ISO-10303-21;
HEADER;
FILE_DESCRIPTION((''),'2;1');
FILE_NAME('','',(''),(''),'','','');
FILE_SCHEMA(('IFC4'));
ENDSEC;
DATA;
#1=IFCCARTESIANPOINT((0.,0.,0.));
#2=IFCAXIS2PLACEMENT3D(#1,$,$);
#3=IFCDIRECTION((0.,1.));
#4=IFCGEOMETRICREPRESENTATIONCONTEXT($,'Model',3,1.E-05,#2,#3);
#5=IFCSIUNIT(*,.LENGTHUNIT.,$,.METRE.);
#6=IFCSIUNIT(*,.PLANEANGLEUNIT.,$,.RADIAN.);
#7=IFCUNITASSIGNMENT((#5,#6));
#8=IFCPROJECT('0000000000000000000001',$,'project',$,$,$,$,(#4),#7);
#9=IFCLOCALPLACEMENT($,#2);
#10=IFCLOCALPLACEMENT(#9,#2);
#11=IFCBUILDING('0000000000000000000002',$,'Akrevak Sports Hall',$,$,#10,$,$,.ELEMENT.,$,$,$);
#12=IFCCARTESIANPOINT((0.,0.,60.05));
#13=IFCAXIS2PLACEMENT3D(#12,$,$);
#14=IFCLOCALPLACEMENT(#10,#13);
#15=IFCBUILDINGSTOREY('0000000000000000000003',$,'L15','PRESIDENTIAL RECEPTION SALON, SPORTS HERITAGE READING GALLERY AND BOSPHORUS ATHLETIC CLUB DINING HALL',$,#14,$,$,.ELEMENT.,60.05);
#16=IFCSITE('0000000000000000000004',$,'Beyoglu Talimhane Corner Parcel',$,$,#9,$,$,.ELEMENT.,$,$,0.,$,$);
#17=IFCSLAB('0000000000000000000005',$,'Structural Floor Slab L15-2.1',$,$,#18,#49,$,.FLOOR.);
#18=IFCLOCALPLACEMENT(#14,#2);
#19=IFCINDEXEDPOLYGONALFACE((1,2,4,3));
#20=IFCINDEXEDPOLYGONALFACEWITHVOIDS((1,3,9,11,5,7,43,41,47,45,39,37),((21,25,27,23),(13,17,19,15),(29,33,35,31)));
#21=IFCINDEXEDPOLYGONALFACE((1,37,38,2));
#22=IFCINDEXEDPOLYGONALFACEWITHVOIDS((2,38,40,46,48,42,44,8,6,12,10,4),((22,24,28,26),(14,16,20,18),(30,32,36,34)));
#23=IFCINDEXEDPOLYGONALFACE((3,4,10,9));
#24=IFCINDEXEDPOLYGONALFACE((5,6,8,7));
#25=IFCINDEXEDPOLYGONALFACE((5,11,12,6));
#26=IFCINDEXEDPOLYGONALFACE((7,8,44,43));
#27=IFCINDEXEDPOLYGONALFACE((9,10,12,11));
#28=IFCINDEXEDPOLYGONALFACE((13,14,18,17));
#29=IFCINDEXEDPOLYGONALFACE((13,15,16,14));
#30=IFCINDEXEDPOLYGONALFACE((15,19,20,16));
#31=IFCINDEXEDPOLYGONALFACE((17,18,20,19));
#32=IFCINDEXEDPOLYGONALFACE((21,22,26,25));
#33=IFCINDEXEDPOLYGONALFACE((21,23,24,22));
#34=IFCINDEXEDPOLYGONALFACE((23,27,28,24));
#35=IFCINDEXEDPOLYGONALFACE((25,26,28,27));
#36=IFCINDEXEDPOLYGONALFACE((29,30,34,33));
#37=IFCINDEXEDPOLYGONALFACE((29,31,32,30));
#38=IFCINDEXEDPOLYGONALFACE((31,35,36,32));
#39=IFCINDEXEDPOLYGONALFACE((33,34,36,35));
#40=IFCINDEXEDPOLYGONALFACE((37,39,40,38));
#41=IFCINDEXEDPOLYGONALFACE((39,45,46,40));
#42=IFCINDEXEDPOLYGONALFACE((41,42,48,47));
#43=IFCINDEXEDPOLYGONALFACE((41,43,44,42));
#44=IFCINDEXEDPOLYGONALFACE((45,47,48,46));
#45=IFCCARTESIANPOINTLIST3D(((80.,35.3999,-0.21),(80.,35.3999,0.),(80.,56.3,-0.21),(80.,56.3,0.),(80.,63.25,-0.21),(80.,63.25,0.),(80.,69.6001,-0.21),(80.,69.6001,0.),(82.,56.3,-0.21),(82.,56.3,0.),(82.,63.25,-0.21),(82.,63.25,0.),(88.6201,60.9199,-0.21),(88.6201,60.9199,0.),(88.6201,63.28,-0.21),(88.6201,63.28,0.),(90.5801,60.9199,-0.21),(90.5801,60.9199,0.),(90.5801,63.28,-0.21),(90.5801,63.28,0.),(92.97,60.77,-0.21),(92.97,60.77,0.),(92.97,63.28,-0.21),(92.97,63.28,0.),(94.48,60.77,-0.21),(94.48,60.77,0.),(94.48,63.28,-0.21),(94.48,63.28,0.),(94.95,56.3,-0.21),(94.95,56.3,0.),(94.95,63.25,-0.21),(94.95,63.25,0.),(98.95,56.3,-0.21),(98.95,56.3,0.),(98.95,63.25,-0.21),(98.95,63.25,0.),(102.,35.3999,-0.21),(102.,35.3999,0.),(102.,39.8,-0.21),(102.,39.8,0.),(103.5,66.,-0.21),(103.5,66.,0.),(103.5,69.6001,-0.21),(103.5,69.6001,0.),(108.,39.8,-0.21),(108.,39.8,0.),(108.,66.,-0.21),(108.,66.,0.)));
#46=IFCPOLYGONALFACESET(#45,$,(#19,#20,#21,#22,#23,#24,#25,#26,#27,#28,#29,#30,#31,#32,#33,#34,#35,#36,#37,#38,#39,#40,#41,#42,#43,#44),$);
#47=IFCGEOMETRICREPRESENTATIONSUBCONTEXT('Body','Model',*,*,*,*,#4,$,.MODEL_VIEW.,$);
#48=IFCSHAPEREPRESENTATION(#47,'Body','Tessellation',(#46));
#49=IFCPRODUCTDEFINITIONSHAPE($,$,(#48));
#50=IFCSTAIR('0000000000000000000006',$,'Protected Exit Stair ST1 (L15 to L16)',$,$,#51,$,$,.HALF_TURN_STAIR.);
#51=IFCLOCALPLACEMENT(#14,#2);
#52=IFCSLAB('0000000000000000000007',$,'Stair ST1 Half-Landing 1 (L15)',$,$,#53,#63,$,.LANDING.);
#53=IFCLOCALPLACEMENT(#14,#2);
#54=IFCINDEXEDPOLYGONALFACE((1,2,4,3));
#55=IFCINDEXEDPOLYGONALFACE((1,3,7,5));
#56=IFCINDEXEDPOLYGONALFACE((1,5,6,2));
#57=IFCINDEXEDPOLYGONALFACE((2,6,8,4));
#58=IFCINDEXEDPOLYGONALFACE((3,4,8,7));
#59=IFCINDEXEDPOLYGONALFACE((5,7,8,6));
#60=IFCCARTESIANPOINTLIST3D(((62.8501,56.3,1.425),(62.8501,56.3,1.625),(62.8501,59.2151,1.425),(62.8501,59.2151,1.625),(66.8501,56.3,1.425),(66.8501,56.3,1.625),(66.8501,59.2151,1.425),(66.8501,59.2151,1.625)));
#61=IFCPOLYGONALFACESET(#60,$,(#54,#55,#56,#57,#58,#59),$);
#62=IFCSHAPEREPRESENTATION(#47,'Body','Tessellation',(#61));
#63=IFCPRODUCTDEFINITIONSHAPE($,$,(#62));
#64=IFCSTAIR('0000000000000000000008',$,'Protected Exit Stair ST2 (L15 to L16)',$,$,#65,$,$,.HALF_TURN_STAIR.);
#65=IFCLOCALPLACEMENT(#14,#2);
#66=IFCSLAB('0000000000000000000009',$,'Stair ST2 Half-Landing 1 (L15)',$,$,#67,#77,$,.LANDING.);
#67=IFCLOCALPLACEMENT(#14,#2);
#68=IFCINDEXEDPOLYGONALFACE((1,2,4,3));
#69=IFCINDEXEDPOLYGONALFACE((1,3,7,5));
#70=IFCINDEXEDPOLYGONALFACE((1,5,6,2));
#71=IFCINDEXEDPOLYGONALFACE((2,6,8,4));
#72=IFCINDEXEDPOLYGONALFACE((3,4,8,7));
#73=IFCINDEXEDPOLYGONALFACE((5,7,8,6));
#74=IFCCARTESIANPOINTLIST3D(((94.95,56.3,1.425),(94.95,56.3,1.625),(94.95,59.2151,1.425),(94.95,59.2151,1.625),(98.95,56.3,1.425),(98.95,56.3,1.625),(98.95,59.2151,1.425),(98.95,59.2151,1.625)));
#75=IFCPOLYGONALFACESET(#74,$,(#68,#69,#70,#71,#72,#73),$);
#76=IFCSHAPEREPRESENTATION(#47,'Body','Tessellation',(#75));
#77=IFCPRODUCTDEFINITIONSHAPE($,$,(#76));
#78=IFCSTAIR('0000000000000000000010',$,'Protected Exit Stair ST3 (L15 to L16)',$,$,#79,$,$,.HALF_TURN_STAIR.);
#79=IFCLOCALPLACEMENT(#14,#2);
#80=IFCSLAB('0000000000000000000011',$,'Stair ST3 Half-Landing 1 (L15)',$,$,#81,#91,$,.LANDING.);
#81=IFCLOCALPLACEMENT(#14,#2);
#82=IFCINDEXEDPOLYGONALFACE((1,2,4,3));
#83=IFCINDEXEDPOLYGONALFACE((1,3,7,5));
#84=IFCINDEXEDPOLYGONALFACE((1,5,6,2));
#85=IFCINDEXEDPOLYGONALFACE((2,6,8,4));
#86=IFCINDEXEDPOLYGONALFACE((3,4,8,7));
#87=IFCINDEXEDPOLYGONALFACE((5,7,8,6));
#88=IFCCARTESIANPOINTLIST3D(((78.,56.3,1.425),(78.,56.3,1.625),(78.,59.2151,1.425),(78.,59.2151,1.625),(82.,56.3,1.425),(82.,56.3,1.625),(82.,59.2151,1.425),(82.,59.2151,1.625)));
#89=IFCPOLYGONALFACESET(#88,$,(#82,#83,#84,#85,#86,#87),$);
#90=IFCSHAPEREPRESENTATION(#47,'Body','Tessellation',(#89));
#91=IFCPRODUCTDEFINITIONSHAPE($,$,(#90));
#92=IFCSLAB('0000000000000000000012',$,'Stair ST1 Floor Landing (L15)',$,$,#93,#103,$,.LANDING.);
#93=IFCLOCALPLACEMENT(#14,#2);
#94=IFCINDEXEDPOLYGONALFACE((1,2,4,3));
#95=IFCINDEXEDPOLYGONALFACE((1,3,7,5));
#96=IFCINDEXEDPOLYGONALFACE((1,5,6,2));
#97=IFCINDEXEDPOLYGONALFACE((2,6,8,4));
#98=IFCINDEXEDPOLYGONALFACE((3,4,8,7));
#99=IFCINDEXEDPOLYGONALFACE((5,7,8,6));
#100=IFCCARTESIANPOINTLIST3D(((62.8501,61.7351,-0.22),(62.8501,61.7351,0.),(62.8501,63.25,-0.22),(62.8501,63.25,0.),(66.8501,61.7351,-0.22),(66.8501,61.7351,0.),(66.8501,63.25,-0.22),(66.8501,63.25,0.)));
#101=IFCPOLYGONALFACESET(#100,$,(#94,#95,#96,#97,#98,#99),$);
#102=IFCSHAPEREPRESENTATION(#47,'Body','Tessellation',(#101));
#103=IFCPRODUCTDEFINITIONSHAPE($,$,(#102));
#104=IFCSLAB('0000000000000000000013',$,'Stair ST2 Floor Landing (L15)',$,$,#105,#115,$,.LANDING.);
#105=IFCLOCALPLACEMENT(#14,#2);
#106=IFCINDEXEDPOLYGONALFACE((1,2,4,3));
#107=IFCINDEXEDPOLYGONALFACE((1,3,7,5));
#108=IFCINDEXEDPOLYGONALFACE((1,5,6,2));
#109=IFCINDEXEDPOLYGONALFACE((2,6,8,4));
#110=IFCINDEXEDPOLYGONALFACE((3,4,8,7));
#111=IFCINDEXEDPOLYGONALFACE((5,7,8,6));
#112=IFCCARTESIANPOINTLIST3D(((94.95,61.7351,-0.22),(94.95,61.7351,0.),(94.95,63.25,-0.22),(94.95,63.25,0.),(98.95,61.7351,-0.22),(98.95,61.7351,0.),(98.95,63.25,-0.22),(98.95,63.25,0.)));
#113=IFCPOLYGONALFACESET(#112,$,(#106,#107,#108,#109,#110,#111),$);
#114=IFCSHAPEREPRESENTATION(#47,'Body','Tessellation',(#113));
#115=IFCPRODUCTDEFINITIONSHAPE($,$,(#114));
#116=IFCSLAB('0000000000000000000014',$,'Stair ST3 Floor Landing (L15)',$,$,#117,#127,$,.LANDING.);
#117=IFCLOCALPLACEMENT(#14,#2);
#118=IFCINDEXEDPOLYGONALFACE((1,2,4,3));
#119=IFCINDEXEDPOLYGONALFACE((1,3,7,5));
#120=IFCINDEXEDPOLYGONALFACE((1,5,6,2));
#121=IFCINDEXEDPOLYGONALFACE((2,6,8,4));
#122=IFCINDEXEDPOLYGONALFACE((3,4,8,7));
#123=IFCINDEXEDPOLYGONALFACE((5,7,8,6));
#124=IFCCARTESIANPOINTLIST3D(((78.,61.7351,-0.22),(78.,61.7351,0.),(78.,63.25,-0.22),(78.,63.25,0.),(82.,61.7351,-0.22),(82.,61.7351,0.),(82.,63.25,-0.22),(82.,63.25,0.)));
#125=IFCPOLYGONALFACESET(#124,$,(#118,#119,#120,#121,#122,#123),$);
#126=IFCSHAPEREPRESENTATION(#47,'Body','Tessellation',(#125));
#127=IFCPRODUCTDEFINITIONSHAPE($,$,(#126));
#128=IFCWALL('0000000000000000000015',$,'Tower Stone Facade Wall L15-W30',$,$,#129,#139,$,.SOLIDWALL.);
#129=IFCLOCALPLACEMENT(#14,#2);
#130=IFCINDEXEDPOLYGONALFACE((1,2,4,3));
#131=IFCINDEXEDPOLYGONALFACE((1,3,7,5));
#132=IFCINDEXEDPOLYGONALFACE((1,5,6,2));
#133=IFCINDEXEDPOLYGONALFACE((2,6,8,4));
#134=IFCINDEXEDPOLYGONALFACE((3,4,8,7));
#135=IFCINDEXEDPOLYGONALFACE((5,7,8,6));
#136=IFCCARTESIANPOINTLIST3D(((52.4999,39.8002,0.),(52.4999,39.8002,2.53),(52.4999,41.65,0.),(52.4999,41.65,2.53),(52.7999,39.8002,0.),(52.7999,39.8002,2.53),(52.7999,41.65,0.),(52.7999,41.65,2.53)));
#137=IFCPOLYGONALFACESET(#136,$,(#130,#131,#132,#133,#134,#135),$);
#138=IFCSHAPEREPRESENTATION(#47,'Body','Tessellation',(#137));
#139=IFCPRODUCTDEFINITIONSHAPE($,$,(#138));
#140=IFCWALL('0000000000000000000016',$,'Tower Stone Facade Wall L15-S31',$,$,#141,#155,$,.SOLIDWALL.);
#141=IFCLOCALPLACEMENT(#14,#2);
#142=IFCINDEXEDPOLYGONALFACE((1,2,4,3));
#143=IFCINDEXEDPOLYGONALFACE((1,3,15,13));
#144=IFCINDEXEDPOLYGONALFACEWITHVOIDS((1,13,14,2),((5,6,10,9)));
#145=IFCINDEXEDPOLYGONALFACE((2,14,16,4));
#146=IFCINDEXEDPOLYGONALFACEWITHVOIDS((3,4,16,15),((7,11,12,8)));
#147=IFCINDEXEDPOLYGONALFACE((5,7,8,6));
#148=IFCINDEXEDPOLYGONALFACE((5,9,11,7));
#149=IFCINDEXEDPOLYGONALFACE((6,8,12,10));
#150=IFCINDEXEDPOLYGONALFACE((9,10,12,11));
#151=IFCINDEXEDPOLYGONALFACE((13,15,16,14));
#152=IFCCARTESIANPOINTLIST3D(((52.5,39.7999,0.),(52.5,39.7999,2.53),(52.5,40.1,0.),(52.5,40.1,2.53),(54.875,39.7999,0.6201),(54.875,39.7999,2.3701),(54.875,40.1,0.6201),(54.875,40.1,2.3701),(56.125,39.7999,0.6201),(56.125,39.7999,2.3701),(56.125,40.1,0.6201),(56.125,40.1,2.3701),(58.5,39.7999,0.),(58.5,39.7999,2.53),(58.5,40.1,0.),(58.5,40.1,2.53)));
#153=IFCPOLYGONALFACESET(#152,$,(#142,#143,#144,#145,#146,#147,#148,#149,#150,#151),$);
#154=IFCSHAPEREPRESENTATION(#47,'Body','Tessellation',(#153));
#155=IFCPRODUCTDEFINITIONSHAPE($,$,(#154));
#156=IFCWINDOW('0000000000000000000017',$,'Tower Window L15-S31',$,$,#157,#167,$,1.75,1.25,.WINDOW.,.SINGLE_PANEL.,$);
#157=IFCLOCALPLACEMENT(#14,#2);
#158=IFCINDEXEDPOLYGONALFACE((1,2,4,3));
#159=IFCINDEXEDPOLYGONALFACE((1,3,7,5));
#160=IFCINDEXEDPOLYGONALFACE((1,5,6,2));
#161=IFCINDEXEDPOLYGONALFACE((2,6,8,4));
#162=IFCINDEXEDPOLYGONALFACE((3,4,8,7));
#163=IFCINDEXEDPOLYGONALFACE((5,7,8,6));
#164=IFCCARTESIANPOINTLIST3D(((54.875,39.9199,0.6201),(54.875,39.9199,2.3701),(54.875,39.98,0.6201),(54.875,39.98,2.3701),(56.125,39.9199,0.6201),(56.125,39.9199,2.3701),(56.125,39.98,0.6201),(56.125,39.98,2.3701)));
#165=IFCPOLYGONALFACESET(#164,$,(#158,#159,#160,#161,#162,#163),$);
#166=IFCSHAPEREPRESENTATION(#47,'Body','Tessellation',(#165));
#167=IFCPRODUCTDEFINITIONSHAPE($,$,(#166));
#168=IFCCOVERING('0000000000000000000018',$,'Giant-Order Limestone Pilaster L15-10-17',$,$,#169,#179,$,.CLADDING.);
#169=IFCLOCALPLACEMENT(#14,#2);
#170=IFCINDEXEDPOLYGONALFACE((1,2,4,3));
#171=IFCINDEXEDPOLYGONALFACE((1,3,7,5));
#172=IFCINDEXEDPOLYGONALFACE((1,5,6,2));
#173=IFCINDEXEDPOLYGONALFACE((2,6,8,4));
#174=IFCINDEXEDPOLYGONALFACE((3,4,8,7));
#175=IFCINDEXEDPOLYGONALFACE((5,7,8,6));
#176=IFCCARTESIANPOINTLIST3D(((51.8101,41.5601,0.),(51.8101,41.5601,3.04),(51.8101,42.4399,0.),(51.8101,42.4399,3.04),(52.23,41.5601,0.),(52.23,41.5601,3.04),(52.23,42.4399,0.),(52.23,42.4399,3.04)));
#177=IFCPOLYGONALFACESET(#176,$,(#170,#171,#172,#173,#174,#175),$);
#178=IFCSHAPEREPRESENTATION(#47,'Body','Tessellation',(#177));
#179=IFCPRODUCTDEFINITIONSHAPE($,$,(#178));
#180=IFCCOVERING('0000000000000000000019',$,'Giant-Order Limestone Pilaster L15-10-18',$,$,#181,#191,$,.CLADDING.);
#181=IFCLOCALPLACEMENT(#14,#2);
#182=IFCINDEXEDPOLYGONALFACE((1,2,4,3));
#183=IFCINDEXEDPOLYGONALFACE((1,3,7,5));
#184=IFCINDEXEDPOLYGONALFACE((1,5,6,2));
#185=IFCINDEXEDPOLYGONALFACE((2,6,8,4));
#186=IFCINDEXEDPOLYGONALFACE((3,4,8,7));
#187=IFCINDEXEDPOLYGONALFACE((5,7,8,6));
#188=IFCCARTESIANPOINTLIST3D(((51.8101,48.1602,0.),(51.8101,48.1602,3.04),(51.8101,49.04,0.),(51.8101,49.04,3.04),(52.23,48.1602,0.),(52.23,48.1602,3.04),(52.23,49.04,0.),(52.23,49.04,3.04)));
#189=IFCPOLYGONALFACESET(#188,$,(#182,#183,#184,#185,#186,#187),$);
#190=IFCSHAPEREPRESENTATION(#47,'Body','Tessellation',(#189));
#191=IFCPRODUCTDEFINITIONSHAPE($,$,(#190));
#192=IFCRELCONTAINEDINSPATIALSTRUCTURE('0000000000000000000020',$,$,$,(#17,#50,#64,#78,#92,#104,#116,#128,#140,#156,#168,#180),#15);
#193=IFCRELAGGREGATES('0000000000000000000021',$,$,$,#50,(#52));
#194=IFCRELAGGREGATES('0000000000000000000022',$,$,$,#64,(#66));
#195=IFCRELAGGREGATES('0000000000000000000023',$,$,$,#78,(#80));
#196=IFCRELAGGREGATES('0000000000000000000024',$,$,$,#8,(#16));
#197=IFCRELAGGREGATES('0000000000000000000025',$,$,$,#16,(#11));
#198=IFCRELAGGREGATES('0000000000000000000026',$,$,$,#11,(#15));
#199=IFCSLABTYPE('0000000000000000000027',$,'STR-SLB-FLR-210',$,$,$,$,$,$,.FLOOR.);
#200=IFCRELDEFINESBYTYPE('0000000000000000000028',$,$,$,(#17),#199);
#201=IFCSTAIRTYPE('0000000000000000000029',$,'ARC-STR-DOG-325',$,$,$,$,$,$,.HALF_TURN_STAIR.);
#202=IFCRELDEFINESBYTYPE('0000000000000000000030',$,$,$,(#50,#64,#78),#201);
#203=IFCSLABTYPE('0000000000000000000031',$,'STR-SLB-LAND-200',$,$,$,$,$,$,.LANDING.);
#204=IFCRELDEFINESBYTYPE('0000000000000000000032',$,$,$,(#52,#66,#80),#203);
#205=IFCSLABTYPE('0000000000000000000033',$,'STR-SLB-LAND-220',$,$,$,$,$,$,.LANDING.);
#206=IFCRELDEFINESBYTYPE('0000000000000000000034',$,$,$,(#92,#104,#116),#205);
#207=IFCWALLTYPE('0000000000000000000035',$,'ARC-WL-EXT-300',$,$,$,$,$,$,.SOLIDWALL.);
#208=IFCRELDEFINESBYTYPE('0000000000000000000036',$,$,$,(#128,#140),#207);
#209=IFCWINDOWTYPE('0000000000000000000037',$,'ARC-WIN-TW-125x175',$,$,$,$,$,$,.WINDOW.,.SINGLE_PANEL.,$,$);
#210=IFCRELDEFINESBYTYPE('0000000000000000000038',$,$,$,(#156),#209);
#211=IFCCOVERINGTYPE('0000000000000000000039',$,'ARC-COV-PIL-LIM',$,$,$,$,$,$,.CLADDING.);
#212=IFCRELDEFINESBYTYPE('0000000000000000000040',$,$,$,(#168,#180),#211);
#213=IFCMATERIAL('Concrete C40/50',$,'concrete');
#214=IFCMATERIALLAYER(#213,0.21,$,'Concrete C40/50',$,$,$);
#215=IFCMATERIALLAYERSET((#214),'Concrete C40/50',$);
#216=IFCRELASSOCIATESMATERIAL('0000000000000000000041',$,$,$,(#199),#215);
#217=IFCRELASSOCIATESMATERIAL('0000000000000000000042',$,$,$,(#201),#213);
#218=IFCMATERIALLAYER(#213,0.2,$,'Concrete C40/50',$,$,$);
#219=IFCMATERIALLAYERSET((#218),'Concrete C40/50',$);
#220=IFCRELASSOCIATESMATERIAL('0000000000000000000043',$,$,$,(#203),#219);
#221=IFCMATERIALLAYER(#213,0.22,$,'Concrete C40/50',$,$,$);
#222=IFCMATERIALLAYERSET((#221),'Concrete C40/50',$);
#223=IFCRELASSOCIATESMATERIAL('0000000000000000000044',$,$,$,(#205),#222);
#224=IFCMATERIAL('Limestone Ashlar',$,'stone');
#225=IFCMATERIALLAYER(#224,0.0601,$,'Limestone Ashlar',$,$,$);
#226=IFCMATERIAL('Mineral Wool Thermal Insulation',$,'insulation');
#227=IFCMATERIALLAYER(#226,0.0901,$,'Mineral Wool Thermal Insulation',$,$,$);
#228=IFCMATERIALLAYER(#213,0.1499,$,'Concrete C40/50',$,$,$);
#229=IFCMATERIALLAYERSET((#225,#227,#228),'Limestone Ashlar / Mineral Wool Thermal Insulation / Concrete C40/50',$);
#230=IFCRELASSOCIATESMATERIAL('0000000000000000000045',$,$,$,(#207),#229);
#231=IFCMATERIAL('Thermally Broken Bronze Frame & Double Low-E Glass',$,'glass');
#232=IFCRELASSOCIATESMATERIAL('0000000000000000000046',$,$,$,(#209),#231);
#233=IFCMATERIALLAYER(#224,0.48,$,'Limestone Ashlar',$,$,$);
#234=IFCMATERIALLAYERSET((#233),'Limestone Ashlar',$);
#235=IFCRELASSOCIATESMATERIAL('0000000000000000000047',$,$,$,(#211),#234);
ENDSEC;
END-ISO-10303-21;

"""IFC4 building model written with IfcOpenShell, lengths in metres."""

from ifc_helpers import new_model, si_unit, direction, frame, frame_2d, origin, origin_2d, place, context, subcontext, project, spatial, polyline, rectangle, outline, extrude, material, layer, layer_set, type_object, element, fill, aggregate, save


model = new_model("IFC4")

# Units and contexts
model_context = context("Model", 3, precision=1e-05, world=origin(), true_north=direction((0.0, 1.0)))
body_context = subcontext(model_context, "Body", "Model", "MODEL_VIEW")
ifc_project = project(units=[si_unit("LENGTHUNIT", "METRE"), si_unit("PLANEANGLEUNIT", "RADIAN")], contexts=[model_context])

# Site, building, storey
site_placement = place(None, origin())
site = spatial("IfcSite", under=ifc_project, at=site_placement, Name="Beyoglu Talimhane Corner Parcel", CompositionType="ELEMENT", RefElevation=0.0)
building_placement = place(site_placement, origin())
building = spatial("IfcBuilding", under=site, at=building_placement, Name="Akrevak Sports Hall", CompositionType="ELEMENT")
storey_placement = place(building_placement, frame((0.0, 0.0, 60.05)))
storey = spatial("IfcBuildingStorey", under=building, at=storey_placement, Name="L15", Description="PRESIDENTIAL RECEPTION SALON, SPORTS HERITAGE READING GALLERY AND BOSPHORUS ATHLETIC CLUB DINING HALL", CompositionType="ELEMENT", Elevation=60.05)

# Shared definitions
ifc_material_1 = material(Name="Concrete C40/50", Category="concrete")

# Slab
ifc_layer_1 = layer(ifc_material_1, 0.21, Name="Concrete C40/50")
ifc_layer_set_1 = layer_set([ifc_layer_1], Name="Concrete C40/50")
slab_type_1 = type_object("IfcSlabType", Name="STR-SLB-FLR-210", PredefinedType="FLOOR", material=ifc_layer_set_1)
slab_1_placement = place(storey_placement, frame((0.0, 0.0, -0.21)))
element("IfcSlab", 1, at=slab_1_placement, inside=storey, type_object=slab_type_1, Name="Structural Floor Slab L15-2.1", PredefinedType="FLOOR", context=body_context, shape_type="SweptSolid", body=[
    extrude(outline(polyline([(80.0, 69.6001), (80.0, 63.25), (82.0, 63.25), (82.0, 56.3), (80.0, 56.3), (80.0, 35.3999), (102.0, 35.3999), (102.0, 39.8), (108.0, 39.8), (108.0, 66.0), (103.5, 66.0), (103.5, 69.6001), (80.0, 69.6001)]), holes=[polyline([(94.95, 63.25), (98.95, 63.25), (98.95, 56.3), (94.95, 56.3), (94.95, 63.25)]), polyline([(92.97, 63.28), (94.48, 63.28), (94.48, 60.77), (92.97, 60.77), (92.97, 63.28)]), polyline([(88.6201, 63.28), (90.5801, 63.28), (90.5801, 60.9199), (88.6201, 60.9199), (88.6201, 63.28)])]), origin(), (0.0, 0.0, 1.0), 0.21),
])

# Stairs, slabs
stair_type = type_object("IfcStairType", Name="ARC-STR-DOG-325", PredefinedType="HALF_TURN_STAIR", material=ifc_material_1)
stair_1_placement = place(storey_placement, origin())
stair_1 = element("IfcStair", 2, at=stair_1_placement, inside=storey, type_object=stair_type, Name="Protected Exit Stair ST1 (L15 to L16)", PredefinedType="HALF_TURN_STAIR")
ifc_layer_2 = layer(ifc_material_1, 0.2, Name="Concrete C40/50")
ifc_layer_set_2 = layer_set([ifc_layer_2], Name="Concrete C40/50")
slab_type_2 = type_object("IfcSlabType", Name="STR-SLB-LAND-200", PredefinedType="LANDING", material=ifc_layer_set_2)
slab_2_placement = place(storey_placement, frame((0.0, 0.0, 1.425)))
slab_2 = element("IfcSlab", 3, at=slab_2_placement, type_object=slab_type_2, Name="Stair ST1 Half-Landing 1 (L15)", PredefinedType="LANDING", context=body_context, shape_type="SweptSolid", body=[
    extrude(outline(polyline([(62.8501, 56.3), (66.8501, 56.3), (66.8501, 59.2151), (62.8501, 59.2151), (62.8501, 56.3)])), origin(), (0.0, 0.0, 1.0), 0.2),
])
aggregate(stair_1, [slab_2])
stair_2_placement = place(storey_placement, origin())
stair_2 = element("IfcStair", 4, at=stair_2_placement, inside=storey, type_object=stair_type, Name="Protected Exit Stair ST2 (L15 to L16)", PredefinedType="HALF_TURN_STAIR")
slab_3_placement = place(storey_placement, frame((0.0, 0.0, 1.425)))
slab_3 = element("IfcSlab", 5, at=slab_3_placement, type_object=slab_type_2, Name="Stair ST2 Half-Landing 1 (L15)", PredefinedType="LANDING", context=body_context, shape_type="SweptSolid", body=[
    extrude(outline(polyline([(94.95, 56.3), (98.95, 56.3), (98.95, 59.2151), (94.95, 59.2151), (94.95, 56.3)])), origin(), (0.0, 0.0, 1.0), 0.2),
])
aggregate(stair_2, [slab_3])
stair_3_placement = place(storey_placement, origin())
stair_3 = element("IfcStair", 6, at=stair_3_placement, inside=storey, type_object=stair_type, Name="Protected Exit Stair ST3 (L15 to L16)", PredefinedType="HALF_TURN_STAIR")
slab_4_placement = place(storey_placement, frame((0.0, 0.0, 1.425)))
slab_4 = element("IfcSlab", 7, at=slab_4_placement, type_object=slab_type_2, Name="Stair ST3 Half-Landing 1 (L15)", PredefinedType="LANDING", context=body_context, shape_type="SweptSolid", body=[
    extrude(outline(polyline([(78.0, 56.3), (82.0, 56.3), (82.0, 59.2151), (78.0, 59.2151), (78.0, 56.3)])), origin(), (0.0, 0.0, 1.0), 0.2),
])
aggregate(stair_3, [slab_4])

# Slabs
ifc_layer_3 = layer(ifc_material_1, 0.22, Name="Concrete C40/50")
ifc_layer_set_3 = layer_set([ifc_layer_3], Name="Concrete C40/50")
slab_type_3 = type_object("IfcSlabType", Name="STR-SLB-LAND-220", PredefinedType="LANDING", material=ifc_layer_set_3)
slab_5_placement = place(storey_placement, frame((0.0, 0.0, -0.22)))
element("IfcSlab", 8, at=slab_5_placement, inside=storey, type_object=slab_type_3, Name="Stair ST1 Floor Landing (L15)", PredefinedType="LANDING", context=body_context, shape_type="SweptSolid", body=[
    extrude(outline(polyline([(62.8501, 61.7351), (66.8501, 61.7351), (66.8501, 63.25), (62.8501, 63.25), (62.8501, 61.7351)])), origin(), (0.0, 0.0, 1.0), 0.22),
])
slab_6_placement = place(storey_placement, frame((0.0, 0.0, -0.22)))
element("IfcSlab", 9, at=slab_6_placement, inside=storey, type_object=slab_type_3, Name="Stair ST2 Floor Landing (L15)", PredefinedType="LANDING", context=body_context, shape_type="SweptSolid", body=[
    extrude(outline(polyline([(94.95, 61.7351), (98.95, 61.7351), (98.95, 63.25), (94.95, 63.25), (94.95, 61.7351)])), origin(), (0.0, 0.0, 1.0), 0.22),
])
slab_7_placement = place(storey_placement, frame((0.0, 0.0, -0.22)))
element("IfcSlab", 10, at=slab_7_placement, inside=storey, type_object=slab_type_3, Name="Stair ST3 Floor Landing (L15)", PredefinedType="LANDING", context=body_context, shape_type="SweptSolid", body=[
    extrude(outline(polyline([(78.0, 61.7351), (82.0, 61.7351), (82.0, 63.25), (78.0, 63.25), (78.0, 61.7351)])), origin(), (0.0, 0.0, 1.0), 0.22),
])

# Wall
ifc_material_2 = material(Name="Limestone Ashlar", Category="stone")
ifc_layer_4 = layer(ifc_material_2, 0.0601, Name="Limestone Ashlar")
ifc_material_3 = material(Name="Mineral Wool Thermal Insulation", Category="insulation")
ifc_layer_5 = layer(ifc_material_3, 0.0901, Name="Mineral Wool Thermal Insulation")
ifc_layer_6 = layer(ifc_material_1, 0.1499, Name="Concrete C40/50")
ifc_layer_set_4 = layer_set([ifc_layer_4, ifc_layer_5, ifc_layer_6], Name="Limestone Ashlar / Mineral Wool Thermal Insulation / Concrete C40/50")
wall_type = type_object("IfcWallType", Name="ARC-WL-EXT-300", PredefinedType="SOLIDWALL", material=ifc_layer_set_4)
wall_1_placement = place(storey_placement, frame((52.6499, 41.6499, 0.0), z_axis=(0.0, 0.0, 1.0), x_axis=(0.0, -1.0, 0.0)))
element("IfcWall", 11, at=wall_1_placement, inside=storey, type_object=wall_type, Name="Tower Stone Facade Wall L15-W30", PredefinedType="SOLIDWALL", context=body_context, shape_type="SweptSolid", body=[
    extrude(rectangle(XDim=1.8499, YDim=0.3, at=frame_2d((0.9248, 0.0))), origin(), (0.0, 0.0, 1.0), 2.53),
])

# Wall, opening, window
wall_2_placement = place(storey_placement, frame((52.5, 39.95, 0.0), z_axis=(0.0, 0.0, 1.0), x_axis=(1.0, 0.0, 0.0)))
wall_2 = element("IfcWall", 12, at=wall_2_placement, inside=storey, type_object=wall_type, Name="Tower Stone Facade Wall L15-S31", PredefinedType="SOLIDWALL", context=body_context, shape_type="SweptSolid", body=[
    extrude(rectangle(XDim=6.0, YDim=0.3, at=frame_2d((3.0, 0.0))), origin(), (0.0, 0.0, 1.0), 2.53),
])
opening_placement = place(wall_2_placement, frame((2.375, 0.0, 0.6201)))
opening = element("IfcOpeningElement", 13, at=opening_placement, cuts=wall_2, PredefinedType="OPENING", context=body_context, shape_type="SweptSolid", body=[
    extrude(rectangle(XDim=1.25, YDim=1.75, at=frame_2d((0.625, 0.875))), frame((0.0, 0.1621, 0.0), z_axis=(0.0, -1.0, 0.0), x_axis=(1.0, 0.0, 0.0)), (0.0, 0.0, 1.0), 0.324),
])
ifc_material_4 = material(Name="Thermally Broken Bronze Frame & Double Low-E Glass", Category="glass")
window_type = type_object("IfcWindowType", Name="ARC-WIN-TW-125x175", PartitioningType="SINGLE_PANEL", PredefinedType="WINDOW", material=ifc_material_4)
window_placement = place(opening_placement, origin())
window = element("IfcWindow", 14, at=window_placement, inside=storey, type_object=window_type, Name="Tower Window L15-S31", OverallHeight=1.75, OverallWidth=1.25, PartitioningType="SINGLE_PANEL", PredefinedType="WINDOW", context=body_context, shape_type="SweptSolid", body=[
    extrude(rectangle(XDim=1.25, YDim=1.75, at=frame_2d((0.625, 0.875))), frame((0.0, 0.03, 0.0), z_axis=(0.0, -1.0, 0.0), x_axis=(1.0, 0.0, 0.0)), (0.0, 0.0, 1.0), 0.0601),
])
fill(opening, window)

# Coverings
ifc_layer_7 = layer(ifc_material_2, 0.48, Name="Limestone Ashlar")
ifc_layer_set_5 = layer_set([ifc_layer_7], Name="Limestone Ashlar")
covering_type = type_object("IfcCoveringType", Name="ARC-COV-PIL-LIM", PredefinedType="CLADDING", material=ifc_layer_set_5)
for number, where, z_axis, x_axis, name in (
    (15, (52.02, 42.0, 0.0), (0.0, 0.0, 1.0), (0.0, -1.0, 0.0), "Giant-Order Limestone Pilaster L15-10-17"),
    (16, (52.02, 48.6001, 0.0), (0.0, 0.0, 1.0), (0.0, -1.0, 0.0), "Giant-Order Limestone Pilaster L15-10-18"),
):
    element("IfcCovering", number, at=place(storey_placement, frame(where, z_axis=z_axis, x_axis=x_axis)), inside=storey, type_object=covering_type, Name=name, PredefinedType="CLADDING", context=body_context, shape_type="SweptSolid", body=[
        extrude(rectangle(XDim=0.8799, YDim=0.4199, at=origin_2d()), origin(), (0.0, 0.0, 1.0), 3.04),
    ])

save(model, "model.ifc")
